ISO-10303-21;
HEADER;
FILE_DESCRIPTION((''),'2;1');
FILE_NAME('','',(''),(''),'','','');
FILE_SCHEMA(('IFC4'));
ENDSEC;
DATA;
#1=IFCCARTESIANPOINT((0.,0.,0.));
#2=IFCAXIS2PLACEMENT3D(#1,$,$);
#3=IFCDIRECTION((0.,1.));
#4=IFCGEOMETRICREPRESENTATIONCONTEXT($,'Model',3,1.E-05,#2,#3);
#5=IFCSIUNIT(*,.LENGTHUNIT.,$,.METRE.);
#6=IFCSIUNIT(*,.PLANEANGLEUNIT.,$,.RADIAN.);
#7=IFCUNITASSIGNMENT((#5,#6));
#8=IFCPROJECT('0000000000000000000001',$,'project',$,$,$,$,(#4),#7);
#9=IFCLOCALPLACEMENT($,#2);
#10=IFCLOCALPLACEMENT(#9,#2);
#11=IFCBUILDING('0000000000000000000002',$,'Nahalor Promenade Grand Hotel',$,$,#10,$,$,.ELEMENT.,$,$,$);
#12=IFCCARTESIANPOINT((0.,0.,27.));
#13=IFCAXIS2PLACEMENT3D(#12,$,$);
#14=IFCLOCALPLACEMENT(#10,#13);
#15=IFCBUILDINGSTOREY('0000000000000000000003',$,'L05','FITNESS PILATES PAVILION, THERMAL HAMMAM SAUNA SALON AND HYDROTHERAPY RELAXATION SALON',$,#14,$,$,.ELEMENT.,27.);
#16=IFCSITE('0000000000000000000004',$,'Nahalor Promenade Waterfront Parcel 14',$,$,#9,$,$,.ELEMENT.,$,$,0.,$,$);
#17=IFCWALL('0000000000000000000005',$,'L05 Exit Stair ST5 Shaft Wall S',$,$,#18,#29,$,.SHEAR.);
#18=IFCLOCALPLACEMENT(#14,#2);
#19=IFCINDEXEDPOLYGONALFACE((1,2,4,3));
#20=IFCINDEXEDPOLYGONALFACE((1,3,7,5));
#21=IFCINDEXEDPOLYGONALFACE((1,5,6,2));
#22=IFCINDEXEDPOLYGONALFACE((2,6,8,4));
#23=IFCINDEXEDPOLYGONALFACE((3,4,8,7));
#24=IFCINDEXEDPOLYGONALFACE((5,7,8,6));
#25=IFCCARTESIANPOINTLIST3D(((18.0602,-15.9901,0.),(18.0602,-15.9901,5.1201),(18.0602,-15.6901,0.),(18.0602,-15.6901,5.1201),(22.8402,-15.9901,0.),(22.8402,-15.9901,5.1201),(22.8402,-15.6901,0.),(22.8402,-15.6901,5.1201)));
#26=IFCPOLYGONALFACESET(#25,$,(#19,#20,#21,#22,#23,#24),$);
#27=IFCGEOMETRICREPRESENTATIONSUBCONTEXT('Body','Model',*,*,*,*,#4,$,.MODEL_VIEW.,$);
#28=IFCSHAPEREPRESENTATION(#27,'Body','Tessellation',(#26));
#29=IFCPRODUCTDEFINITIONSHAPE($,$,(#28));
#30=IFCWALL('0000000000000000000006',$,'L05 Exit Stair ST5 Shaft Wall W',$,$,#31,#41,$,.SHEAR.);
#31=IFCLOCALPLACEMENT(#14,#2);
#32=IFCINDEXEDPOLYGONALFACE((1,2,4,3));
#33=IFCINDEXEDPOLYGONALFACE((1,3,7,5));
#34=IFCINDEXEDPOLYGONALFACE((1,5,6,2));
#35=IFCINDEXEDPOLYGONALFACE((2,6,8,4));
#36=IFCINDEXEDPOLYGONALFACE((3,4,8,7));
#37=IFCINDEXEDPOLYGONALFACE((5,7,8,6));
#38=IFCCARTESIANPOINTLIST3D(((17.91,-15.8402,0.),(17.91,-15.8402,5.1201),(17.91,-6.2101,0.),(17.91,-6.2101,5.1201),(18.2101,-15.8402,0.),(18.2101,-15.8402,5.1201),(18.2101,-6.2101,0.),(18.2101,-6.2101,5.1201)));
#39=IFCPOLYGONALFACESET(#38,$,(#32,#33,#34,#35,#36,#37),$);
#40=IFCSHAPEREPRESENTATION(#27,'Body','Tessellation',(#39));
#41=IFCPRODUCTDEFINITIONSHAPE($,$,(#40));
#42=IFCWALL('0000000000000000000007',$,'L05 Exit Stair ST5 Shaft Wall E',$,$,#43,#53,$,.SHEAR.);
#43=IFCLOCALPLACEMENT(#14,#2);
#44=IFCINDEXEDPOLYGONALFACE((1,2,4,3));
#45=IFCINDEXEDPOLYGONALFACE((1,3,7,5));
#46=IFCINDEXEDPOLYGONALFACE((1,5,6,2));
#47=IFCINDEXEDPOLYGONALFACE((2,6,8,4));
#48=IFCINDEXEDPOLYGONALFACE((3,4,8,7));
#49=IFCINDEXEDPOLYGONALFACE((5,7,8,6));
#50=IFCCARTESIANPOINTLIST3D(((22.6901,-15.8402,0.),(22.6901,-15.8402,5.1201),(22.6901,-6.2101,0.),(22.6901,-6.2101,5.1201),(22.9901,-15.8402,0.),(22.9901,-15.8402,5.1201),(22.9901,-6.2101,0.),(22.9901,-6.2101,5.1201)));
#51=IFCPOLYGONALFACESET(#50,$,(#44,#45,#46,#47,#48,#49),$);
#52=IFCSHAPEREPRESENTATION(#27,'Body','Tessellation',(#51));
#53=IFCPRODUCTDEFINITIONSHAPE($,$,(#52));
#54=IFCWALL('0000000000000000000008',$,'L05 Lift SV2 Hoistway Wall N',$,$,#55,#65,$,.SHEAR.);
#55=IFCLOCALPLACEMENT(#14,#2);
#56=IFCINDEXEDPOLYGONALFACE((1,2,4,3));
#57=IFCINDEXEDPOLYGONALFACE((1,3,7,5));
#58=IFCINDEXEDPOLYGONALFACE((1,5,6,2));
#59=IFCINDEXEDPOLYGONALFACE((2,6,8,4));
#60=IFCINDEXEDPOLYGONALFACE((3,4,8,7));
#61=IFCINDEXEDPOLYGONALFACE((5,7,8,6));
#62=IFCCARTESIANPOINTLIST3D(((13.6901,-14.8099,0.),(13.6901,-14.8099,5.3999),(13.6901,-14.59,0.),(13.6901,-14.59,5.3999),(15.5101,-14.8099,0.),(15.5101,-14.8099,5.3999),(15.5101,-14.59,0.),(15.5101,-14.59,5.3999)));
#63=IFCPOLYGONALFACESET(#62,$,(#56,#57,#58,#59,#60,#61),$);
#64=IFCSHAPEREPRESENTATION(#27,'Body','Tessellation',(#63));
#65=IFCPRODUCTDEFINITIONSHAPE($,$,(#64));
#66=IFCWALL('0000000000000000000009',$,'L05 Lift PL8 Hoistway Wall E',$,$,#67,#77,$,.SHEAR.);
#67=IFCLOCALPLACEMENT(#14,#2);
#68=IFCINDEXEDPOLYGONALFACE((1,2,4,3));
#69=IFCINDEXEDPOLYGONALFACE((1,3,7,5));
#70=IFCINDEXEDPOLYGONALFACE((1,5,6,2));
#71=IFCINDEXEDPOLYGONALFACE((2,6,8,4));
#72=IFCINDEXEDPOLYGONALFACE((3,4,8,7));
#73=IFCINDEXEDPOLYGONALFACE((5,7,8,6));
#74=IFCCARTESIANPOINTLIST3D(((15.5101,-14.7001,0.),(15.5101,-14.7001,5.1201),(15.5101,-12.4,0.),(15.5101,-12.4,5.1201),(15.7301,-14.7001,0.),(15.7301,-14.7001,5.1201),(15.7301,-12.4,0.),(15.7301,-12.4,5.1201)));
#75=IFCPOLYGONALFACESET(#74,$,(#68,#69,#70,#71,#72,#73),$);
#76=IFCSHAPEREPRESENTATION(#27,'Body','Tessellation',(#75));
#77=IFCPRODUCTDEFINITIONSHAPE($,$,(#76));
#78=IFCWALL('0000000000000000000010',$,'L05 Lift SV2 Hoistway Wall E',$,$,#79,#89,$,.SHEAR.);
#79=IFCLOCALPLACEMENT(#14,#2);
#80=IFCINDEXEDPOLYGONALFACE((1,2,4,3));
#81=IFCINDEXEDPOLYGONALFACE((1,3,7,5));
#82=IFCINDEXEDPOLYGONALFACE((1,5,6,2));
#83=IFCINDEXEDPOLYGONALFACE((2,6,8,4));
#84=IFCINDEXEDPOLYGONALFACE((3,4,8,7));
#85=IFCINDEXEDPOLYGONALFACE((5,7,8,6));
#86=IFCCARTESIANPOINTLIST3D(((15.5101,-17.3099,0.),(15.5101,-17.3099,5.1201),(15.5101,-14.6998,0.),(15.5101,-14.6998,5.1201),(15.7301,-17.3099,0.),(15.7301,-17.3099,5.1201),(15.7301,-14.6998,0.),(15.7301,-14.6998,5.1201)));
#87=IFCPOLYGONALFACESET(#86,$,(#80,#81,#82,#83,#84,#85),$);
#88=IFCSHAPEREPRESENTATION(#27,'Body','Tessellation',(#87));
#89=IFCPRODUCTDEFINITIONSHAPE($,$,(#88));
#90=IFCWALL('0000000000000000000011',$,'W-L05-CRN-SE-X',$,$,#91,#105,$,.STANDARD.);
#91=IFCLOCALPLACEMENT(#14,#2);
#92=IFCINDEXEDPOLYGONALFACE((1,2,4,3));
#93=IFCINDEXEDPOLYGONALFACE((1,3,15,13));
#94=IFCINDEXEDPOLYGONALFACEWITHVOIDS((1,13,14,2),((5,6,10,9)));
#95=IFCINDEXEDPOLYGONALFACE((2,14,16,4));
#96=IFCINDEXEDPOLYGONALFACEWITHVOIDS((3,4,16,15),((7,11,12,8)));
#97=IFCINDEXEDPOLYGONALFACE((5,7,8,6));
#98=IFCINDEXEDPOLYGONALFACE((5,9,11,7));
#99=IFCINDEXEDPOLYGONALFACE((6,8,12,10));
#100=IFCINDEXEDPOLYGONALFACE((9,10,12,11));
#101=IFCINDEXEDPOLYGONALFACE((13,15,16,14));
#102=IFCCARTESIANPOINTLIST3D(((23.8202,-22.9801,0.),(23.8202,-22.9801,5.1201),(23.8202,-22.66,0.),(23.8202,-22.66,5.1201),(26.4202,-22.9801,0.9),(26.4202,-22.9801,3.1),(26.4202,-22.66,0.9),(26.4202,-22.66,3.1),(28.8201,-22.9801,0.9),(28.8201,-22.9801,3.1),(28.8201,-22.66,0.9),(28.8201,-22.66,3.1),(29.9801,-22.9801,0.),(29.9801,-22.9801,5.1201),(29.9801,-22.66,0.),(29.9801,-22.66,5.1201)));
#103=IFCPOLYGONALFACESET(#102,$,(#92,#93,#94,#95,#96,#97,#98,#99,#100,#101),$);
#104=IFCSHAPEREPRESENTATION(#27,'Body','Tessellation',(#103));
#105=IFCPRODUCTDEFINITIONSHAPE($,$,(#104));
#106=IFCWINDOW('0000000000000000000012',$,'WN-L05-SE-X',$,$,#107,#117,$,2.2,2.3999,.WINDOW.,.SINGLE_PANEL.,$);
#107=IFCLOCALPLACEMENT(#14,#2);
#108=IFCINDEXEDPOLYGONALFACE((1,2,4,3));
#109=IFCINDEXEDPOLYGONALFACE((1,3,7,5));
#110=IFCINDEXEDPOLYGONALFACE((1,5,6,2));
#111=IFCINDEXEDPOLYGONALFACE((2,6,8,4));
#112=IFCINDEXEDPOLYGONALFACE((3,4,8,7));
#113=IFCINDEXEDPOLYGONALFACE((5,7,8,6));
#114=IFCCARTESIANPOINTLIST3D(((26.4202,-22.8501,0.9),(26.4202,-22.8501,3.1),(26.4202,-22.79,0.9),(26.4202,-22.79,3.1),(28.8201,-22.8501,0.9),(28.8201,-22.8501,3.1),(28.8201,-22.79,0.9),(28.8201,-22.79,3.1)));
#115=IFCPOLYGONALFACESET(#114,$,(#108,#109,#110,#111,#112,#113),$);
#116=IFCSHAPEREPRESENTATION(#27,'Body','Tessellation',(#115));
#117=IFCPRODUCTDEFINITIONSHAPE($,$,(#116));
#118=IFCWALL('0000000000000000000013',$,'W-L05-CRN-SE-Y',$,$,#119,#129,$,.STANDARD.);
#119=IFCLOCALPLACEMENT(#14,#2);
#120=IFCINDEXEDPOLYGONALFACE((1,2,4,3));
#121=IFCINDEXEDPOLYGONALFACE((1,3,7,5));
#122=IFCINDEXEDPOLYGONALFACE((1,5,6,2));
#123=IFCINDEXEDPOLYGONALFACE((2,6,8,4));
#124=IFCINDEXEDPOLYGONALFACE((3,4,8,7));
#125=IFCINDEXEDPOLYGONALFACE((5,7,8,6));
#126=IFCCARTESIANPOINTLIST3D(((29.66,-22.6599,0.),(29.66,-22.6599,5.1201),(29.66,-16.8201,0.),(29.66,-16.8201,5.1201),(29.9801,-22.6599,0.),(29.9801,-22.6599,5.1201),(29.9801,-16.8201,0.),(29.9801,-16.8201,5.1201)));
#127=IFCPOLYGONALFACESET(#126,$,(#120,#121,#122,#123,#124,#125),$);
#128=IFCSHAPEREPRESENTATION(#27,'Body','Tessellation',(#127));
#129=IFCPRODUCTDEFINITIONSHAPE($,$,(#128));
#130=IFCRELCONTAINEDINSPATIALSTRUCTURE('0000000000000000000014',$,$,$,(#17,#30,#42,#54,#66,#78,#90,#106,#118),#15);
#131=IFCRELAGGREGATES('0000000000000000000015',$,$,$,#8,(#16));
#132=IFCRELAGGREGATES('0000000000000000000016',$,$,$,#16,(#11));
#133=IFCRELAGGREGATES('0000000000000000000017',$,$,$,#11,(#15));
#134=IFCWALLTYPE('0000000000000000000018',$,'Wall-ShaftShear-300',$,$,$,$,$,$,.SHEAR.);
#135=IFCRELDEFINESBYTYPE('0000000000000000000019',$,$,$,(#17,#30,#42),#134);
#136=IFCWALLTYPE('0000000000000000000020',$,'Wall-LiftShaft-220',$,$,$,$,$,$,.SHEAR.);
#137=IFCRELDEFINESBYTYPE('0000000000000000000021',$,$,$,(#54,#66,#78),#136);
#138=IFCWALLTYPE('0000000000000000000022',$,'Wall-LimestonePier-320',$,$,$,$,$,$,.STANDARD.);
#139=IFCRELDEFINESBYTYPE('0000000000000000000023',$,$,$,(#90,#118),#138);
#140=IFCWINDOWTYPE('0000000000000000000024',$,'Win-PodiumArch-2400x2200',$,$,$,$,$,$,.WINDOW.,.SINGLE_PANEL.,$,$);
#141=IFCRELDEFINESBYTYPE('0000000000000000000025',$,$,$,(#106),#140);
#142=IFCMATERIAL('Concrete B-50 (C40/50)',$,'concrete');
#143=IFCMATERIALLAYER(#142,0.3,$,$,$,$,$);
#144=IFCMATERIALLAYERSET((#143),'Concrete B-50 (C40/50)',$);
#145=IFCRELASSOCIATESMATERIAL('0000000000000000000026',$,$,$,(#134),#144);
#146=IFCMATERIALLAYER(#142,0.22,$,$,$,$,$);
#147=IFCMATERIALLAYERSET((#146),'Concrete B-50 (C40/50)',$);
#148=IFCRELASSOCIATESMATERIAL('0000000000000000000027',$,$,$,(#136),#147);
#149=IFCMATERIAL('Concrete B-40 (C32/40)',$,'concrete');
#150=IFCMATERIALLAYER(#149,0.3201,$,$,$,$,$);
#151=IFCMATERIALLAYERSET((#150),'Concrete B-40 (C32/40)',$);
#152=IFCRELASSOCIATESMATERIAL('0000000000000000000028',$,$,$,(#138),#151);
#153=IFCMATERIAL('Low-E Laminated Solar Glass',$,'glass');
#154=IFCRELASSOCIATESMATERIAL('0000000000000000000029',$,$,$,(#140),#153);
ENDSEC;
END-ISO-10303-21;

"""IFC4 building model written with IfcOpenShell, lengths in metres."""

from ifc_helpers import new_model, si_unit, direction, frame, frame_2d, origin, place, context, subcontext, project, spatial, rectangle, extrude, source, transform, mapped, material, layer, layer_set, type_object, element, fill, save


model = new_model("IFC4")

# Units and contexts
model_context = context("Model", 3, precision=1e-05, world=origin(), true_north=direction((0.0, 1.0)))
body_context = subcontext(model_context, "Body", "Model", "MODEL_VIEW")
ifc_project = project(units=[si_unit("LENGTHUNIT", "METRE"), si_unit("PLANEANGLEUNIT", "RADIAN")], contexts=[model_context])

# Site, building, storey
site_placement = place(None, origin())
site = spatial("IfcSite", under=ifc_project, at=site_placement, Name="Nahalor Promenade Waterfront Parcel 14", CompositionType="ELEMENT", RefElevation=0.0)
building_placement = place(site_placement, origin())
building = spatial("IfcBuilding", under=site, at=building_placement, Name="Nahalor Promenade Grand Hotel", CompositionType="ELEMENT")
storey_placement = place(building_placement, frame((0.0, 0.0, 27.0)))
storey = spatial("IfcBuildingStorey", under=building, at=storey_placement, Name="L05", Description="FITNESS PILATES PAVILION, THERMAL HAMMAM SAUNA SALON AND HYDROTHERAPY RELAXATION SALON", CompositionType="ELEMENT", Elevation=27.0)

# Shared definitions
ifc_material_1 = material(Name="Low-E Laminated Solar Glass", Category="glass")

# Walls
ifc_material_2 = material(Name="Concrete B-50 (C40/50)", Category="concrete")
ifc_layer_1 = layer(ifc_material_2, 0.3)
ifc_layer_set_1 = layer_set([ifc_layer_1], Name="Concrete B-50 (C40/50)")
wall_type_1 = type_object("IfcWallType", Name="Wall-ShaftShear-300", PredefinedType="SHEAR", material=ifc_layer_set_1)
shared_shape_1 = source(origin(), body_context, "Body", "SweptSolid", [
    extrude(rectangle(XDim=4.78, YDim=0.3, at=frame_2d((2.3901, 0.0))), origin(), (0.0, 0.0, 1.0), 5.1201),
])
wall_1_placement = place(storey_placement, frame((18.0601, -15.8401, 0.0), z_axis=(0.0, 0.0, 1.0), x_axis=(1.0, 0.0, 0.0)))
element("IfcWall", 1, at=wall_1_placement, inside=storey, type_object=wall_type_1, Name="L05 Exit Stair ST5 Shaft Wall S", PredefinedType="SHEAR", context=body_context, shape_type="MappedRepresentation", body=[
    mapped(shared_shape_1, transform((0.0, 0.0, 0.0), scale=1.0)),
])
shared_shape_2 = source(origin(), body_context, "Body", "SweptSolid", [
    extrude(rectangle(XDim=9.6301, YDim=0.3, at=frame_2d((4.8149, 0.0))), origin(), (0.0, 0.0, 1.0), 5.1201),
])
for number, where, z_axis, x_axis, name in (
    (2, (18.0601, -15.8401, 0.0), (0.0, 0.0, 1.0), (0.0, 1.0, 0.0), "L05 Exit Stair ST5 Shaft Wall W"),
    (3, (22.8401, -15.8401, 0.0), (0.0, 0.0, 1.0), (0.0, 1.0, 0.0), "L05 Exit Stair ST5 Shaft Wall E"),
):
    element("IfcWall", number, at=place(storey_placement, frame(where, z_axis=z_axis, x_axis=x_axis)), inside=storey, type_object=wall_type_1, Name=name, PredefinedType="SHEAR", context=body_context, shape_type="MappedRepresentation", body=[
        mapped(shared_shape_2, transform((0.0, 0.0, 0.0), scale=1.0)),
    ])
ifc_layer_2 = layer(ifc_material_2, 0.22)
ifc_layer_set_2 = layer_set([ifc_layer_2], Name="Concrete B-50 (C40/50)")
wall_type_2 = type_object("IfcWallType", Name="Wall-LiftShaft-220", PredefinedType="SHEAR", material=ifc_layer_set_2)
shared_shape_3 = source(origin(), body_context, "Body", "SweptSolid", [
    extrude(rectangle(XDim=1.8201, YDim=0.22, at=frame_2d((0.9102, 0.0))), origin(), (0.0, 0.0, 1.0), 5.3999),
])
wall_2_placement = place(storey_placement, frame((13.6899, -14.7, 0.0), z_axis=(0.0, 0.0, 1.0), x_axis=(1.0, 0.0, 0.0)))
element("IfcWall", 4, at=wall_2_placement, inside=storey, type_object=wall_type_2, Name="L05 Lift SV2 Hoistway Wall N", PredefinedType="SHEAR", context=body_context, shape_type="MappedRepresentation", body=[
    mapped(shared_shape_3, transform((0.0, 0.0, 0.0), scale=1.0)),
])
shared_shape_4 = source(origin(), body_context, "Body", "SweptSolid", [
    extrude(rectangle(XDim=2.3, YDim=0.22, at=frame_2d((1.1499, 0.0))), origin(), (0.0, 0.0, 1.0), 5.1201),
])
wall_3_placement = place(storey_placement, frame((15.6201, -14.7, 0.0), z_axis=(0.0, 0.0, 1.0), x_axis=(0.0, 1.0, 0.0)))
element("IfcWall", 5, at=wall_3_placement, inside=storey, type_object=wall_type_2, Name="L05 Lift PL8 Hoistway Wall E", PredefinedType="SHEAR", context=body_context, shape_type="MappedRepresentation", body=[
    mapped(shared_shape_4, transform((0.0, 0.0, 0.0), scale=1.0)),
])
shared_shape_5 = source(origin(), body_context, "Body", "SweptSolid", [
    extrude(rectangle(XDim=2.6101, YDim=0.22, at=frame_2d((1.3052, 0.0))), origin(), (0.0, 0.0, 1.0), 5.1201),
])
wall_4_placement = place(storey_placement, frame((15.6201, -17.3101, 0.0), z_axis=(0.0, 0.0, 1.0), x_axis=(0.0, 1.0, 0.0)))
element("IfcWall", 6, at=wall_4_placement, inside=storey, type_object=wall_type_2, Name="L05 Lift SV2 Hoistway Wall E", PredefinedType="SHEAR", context=body_context, shape_type="MappedRepresentation", body=[
    mapped(shared_shape_5, transform((0.0, 0.0, 0.0), scale=1.0)),
])

# Wall, opening, window
ifc_material_3 = material(Name="Concrete B-40 (C32/40)", Category="concrete")
ifc_layer_3 = layer(ifc_material_3, 0.3201)
ifc_layer_set_3 = layer_set([ifc_layer_3], Name="Concrete B-40 (C32/40)")
wall_type_3 = type_object("IfcWallType", Name="Wall-LimestonePier-320", PredefinedType="STANDARD", material=ifc_layer_set_3)
shared_shape_6 = source(origin(), body_context, "Body", "SweptSolid", [
    extrude(rectangle(XDim=6.1599, YDim=0.3201, at=frame_2d((3.0801, 0.0))), origin(), (0.0, 0.0, 1.0), 5.1201),
])
wall_5_placement = place(storey_placement, frame((23.8201, -22.8201, 0.0), z_axis=(0.0, 0.0, 1.0), x_axis=(1.0, 0.0, 0.0)))
wall_5 = element("IfcWall", 7, at=wall_5_placement, inside=storey, type_object=wall_type_3, Name="W-L05-CRN-SE-X", PredefinedType="STANDARD", context=body_context, shape_type="MappedRepresentation", body=[
    mapped(shared_shape_6, transform((0.0, 0.0, 0.0), scale=1.0)),
])
opening_placement = place(wall_5_placement, frame((2.6001, 0.0, 0.8999)))
opening = element("IfcOpeningElement", 8, at=opening_placement, cuts=wall_5, PredefinedType="OPENING", context=body_context, shape_type="SweptSolid", body=[
    extrude(rectangle(XDim=2.3999, YDim=2.2, at=frame_2d((1.2, 1.1001))), frame((0.0, 0.1699, 0.0), z_axis=(0.0, -1.0, 0.0), x_axis=(1.0, 0.0, 0.0)), (0.0, 0.0, 1.0), 0.3401),
])
window_type = type_object("IfcWindowType", Name="Win-PodiumArch-2400x2200", PartitioningType="SINGLE_PANEL", PredefinedType="WINDOW", material=ifc_material_1)
shared_shape_7 = source(origin(), body_context, "Body", "SweptSolid", [
    extrude(rectangle(XDim=2.3999, YDim=2.2, at=frame_2d((1.2, 1.1001))), frame((0.0, 0.03, 0.0), z_axis=(0.0, -1.0, 0.0), x_axis=(1.0, 0.0, 0.0)), (0.0, 0.0, 1.0), 0.0601),
])
window_placement = place(opening_placement, origin())
window = element("IfcWindow", 9, at=window_placement, inside=storey, type_object=window_type, Name="WN-L05-SE-X", OverallHeight=2.2, OverallWidth=2.3999, PartitioningType="SINGLE_PANEL", PredefinedType="WINDOW", context=body_context, shape_type="MappedRepresentation", body=[
    mapped(shared_shape_7, transform((0.0, 0.0, 0.0), scale=1.0)),
])
fill(opening, window)

# Wall
shared_shape_8 = source(origin(), body_context, "Body", "SweptSolid", [
    extrude(rectangle(XDim=5.8398, YDim=0.3201, at=frame_2d((2.9199, 0.0))), origin(), (0.0, 0.0, 1.0), 5.1201),
])
wall_6_placement = place(storey_placement, frame((29.8201, -22.6599, 0.0), z_axis=(0.0, 0.0, 1.0), x_axis=(0.0, 1.0, 0.0)))
element("IfcWall", 10, at=wall_6_placement, inside=storey, type_object=wall_type_3, Name="W-L05-CRN-SE-Y", PredefinedType="STANDARD", context=body_context, shape_type="MappedRepresentation", body=[
    mapped(shared_shape_8, transform((0.0, 0.0, 0.0), scale=1.0)),
])

save(model, "model.ifc")
